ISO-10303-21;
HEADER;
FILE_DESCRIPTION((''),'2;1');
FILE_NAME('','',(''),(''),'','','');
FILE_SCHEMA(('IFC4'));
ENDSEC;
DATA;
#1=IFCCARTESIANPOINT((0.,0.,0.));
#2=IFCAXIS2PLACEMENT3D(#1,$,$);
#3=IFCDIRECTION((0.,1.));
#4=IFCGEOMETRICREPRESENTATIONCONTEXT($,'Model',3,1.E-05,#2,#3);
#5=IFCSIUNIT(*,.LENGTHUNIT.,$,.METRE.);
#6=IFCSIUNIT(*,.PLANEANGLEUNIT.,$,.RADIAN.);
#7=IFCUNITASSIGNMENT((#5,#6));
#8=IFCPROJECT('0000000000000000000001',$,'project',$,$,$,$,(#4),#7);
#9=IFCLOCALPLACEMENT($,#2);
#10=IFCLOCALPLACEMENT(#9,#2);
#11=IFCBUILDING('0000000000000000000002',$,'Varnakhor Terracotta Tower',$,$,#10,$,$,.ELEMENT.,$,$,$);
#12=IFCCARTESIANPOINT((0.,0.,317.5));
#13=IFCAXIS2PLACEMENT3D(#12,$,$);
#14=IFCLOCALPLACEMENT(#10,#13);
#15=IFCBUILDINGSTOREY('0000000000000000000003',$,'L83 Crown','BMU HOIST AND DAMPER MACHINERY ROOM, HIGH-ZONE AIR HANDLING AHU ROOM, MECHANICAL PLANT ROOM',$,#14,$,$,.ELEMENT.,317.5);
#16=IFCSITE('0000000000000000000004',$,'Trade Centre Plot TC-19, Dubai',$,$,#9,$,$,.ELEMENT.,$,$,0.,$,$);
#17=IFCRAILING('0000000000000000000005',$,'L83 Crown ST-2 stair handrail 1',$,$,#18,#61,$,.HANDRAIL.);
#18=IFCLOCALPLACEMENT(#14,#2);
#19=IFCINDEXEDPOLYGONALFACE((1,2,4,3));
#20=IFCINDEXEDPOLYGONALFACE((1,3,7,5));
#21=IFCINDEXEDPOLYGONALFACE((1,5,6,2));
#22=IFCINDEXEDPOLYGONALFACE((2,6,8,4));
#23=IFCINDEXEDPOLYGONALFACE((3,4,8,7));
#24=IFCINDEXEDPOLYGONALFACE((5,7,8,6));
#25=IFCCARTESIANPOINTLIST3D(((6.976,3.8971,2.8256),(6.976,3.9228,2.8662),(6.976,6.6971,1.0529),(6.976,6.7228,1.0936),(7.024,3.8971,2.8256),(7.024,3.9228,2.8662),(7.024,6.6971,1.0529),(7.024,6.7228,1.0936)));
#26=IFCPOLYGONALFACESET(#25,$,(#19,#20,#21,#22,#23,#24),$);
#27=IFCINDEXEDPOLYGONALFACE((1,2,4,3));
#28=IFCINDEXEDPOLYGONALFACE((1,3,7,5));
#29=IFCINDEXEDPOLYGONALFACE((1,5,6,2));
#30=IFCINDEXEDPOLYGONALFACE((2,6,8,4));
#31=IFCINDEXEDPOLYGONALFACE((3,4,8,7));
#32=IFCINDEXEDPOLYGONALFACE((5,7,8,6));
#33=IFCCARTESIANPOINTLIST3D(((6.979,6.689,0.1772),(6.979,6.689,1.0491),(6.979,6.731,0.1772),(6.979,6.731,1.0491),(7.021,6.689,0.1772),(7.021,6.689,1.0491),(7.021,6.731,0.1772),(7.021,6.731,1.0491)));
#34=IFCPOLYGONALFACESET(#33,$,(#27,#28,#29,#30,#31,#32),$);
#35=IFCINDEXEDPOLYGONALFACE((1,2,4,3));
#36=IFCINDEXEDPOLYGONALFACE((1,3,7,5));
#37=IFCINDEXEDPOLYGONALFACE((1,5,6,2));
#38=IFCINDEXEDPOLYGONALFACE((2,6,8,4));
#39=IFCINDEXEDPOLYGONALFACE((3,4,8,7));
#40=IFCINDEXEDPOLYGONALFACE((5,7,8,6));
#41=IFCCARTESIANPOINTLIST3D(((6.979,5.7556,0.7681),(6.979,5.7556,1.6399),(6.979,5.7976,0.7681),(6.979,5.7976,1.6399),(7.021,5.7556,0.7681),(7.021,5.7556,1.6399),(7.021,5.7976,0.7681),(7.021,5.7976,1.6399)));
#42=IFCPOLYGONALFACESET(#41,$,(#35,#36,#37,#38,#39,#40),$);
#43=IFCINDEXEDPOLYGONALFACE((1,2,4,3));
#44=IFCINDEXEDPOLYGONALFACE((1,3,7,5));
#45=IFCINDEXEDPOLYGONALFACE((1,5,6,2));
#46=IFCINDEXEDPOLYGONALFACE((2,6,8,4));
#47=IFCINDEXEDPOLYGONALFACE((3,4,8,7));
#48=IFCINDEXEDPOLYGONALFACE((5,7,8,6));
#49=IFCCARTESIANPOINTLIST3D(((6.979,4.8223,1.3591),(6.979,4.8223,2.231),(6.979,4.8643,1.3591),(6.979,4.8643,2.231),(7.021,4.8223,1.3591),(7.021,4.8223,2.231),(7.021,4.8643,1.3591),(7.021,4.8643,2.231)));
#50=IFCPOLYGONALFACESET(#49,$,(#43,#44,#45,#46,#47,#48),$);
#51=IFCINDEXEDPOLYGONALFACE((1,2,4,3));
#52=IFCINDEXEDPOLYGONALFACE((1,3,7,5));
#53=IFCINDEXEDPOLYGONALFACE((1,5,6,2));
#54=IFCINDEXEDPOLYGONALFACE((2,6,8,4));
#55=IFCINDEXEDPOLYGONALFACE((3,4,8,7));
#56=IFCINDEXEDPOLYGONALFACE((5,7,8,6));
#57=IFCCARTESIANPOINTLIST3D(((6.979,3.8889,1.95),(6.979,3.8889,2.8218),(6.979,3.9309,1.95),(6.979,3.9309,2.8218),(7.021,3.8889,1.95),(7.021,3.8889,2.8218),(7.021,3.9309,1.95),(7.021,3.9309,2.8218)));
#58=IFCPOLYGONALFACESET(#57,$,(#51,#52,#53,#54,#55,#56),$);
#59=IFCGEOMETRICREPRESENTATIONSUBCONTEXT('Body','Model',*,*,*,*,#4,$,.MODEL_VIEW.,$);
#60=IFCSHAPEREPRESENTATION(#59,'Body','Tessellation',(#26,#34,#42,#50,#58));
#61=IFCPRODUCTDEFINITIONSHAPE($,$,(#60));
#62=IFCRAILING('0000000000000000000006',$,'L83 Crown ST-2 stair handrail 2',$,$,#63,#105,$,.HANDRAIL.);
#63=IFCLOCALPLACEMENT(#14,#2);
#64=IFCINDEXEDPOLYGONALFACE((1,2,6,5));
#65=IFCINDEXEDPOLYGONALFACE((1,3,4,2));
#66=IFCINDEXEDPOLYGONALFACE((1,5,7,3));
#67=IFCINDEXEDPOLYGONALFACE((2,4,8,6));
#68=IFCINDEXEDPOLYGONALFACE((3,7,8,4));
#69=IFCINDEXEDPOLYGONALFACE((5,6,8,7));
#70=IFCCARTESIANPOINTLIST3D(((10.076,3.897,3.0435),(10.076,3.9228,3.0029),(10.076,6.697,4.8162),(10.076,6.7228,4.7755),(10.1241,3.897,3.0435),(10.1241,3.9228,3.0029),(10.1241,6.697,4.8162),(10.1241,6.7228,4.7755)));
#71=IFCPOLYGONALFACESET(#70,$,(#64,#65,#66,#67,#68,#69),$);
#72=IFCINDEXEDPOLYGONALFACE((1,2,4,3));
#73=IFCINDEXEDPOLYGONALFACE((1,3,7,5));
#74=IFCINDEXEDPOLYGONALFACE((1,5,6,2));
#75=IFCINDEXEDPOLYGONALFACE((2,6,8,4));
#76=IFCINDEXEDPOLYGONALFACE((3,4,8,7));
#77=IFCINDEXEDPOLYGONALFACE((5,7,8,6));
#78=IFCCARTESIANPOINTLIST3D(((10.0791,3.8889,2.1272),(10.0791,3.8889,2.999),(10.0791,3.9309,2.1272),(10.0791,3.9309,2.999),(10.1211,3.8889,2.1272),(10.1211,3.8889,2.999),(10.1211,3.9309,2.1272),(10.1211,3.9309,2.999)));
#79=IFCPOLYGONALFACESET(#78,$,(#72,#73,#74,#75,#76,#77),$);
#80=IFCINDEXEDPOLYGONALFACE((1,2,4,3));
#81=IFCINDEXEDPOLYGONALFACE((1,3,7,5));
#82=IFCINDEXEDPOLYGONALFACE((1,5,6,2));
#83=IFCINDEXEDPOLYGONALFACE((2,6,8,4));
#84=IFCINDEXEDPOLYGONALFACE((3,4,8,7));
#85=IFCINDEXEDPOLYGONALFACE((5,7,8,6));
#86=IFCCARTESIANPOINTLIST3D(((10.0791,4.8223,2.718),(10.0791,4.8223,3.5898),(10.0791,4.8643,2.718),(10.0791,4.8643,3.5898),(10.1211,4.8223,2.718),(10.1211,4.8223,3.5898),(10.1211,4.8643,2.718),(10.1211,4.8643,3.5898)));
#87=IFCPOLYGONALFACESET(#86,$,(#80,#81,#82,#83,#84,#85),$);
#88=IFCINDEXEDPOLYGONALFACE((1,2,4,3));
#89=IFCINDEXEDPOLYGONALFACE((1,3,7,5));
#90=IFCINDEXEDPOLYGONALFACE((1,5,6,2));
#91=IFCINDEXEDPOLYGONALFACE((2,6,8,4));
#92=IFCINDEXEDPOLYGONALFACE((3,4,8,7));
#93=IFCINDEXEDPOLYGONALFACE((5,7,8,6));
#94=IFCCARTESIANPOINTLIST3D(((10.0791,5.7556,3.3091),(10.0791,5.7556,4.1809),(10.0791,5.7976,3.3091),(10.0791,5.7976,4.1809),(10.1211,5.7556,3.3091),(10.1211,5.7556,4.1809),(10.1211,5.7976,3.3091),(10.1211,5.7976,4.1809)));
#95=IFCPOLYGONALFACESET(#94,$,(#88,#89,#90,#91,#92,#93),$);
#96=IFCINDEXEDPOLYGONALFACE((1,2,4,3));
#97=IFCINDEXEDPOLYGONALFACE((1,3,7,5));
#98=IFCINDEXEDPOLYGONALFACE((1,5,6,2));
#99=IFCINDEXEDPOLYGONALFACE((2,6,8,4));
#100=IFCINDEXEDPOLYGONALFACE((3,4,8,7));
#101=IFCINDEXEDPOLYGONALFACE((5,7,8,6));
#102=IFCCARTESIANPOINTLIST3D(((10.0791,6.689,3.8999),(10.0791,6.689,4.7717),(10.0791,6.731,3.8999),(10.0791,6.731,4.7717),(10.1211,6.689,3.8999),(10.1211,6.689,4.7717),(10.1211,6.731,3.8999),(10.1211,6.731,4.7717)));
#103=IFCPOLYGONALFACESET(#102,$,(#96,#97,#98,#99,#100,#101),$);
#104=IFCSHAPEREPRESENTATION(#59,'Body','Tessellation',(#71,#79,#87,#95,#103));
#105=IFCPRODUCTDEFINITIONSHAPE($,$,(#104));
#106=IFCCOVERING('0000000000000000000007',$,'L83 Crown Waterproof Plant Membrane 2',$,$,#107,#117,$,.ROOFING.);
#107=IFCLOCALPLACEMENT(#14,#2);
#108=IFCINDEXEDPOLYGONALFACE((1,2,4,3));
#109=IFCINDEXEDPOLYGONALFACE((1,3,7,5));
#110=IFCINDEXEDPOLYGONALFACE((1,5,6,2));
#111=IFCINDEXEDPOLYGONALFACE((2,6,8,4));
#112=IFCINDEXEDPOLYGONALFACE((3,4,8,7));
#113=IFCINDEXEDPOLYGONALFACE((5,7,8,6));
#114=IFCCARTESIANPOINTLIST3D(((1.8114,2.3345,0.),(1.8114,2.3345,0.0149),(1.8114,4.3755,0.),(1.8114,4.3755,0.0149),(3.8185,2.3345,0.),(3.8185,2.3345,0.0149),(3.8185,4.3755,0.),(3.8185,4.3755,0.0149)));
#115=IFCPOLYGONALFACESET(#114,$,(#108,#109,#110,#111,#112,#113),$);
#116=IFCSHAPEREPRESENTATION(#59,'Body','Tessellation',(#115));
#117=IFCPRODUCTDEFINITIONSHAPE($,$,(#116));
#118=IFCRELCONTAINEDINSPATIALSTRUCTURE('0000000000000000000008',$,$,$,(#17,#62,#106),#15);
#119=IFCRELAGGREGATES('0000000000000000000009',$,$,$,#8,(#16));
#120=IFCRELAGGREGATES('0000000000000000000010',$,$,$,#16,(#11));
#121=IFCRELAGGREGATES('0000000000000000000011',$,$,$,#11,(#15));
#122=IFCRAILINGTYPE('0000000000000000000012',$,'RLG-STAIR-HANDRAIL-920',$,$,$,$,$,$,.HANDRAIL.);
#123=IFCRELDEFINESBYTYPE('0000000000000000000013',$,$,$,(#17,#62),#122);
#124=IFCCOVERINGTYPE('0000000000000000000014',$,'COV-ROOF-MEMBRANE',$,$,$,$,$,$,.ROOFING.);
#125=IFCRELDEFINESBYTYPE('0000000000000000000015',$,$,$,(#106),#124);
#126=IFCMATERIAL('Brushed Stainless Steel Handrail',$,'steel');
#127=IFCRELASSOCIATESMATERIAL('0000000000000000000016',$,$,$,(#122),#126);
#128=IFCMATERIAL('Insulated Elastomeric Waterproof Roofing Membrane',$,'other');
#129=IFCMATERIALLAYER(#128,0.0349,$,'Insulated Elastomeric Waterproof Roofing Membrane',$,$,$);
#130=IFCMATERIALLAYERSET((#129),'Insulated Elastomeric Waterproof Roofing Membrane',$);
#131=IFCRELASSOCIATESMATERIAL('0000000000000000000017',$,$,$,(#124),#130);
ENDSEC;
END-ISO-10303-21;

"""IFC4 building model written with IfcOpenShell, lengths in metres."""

from ifc_helpers import new_model, si_unit, direction, frame, origin, origin_2d, place, context, subcontext, project, spatial, rectangle, extrude, source, transform, mapped, material, layer, layer_set, type_object, element, save


model = new_model("IFC4")

# Units and contexts
model_context = context("Model", 3, precision=1e-05, world=origin(), true_north=direction((0.0, 1.0)))
body_context = subcontext(model_context, "Body", "Model", "MODEL_VIEW")
ifc_project = project(units=[si_unit("LENGTHUNIT", "METRE"), si_unit("PLANEANGLEUNIT", "RADIAN")], contexts=[model_context])

# Site, building, storey
site_placement = place(None, origin())
site = spatial("IfcSite", under=ifc_project, at=site_placement, Name="Trade Centre Plot TC-19, Dubai", CompositionType="ELEMENT", RefElevation=0.0)
building_placement = place(site_placement, origin())
building = spatial("IfcBuilding", under=site, at=building_placement, Name="Varnakhor Terracotta Tower", CompositionType="ELEMENT")
storey_placement = place(building_placement, frame((0.0, 0.0, 317.5)))
storey = spatial("IfcBuildingStorey", under=building, at=storey_placement, Name="L83 Crown", Description="BMU HOIST AND DAMPER MACHINERY ROOM, HIGH-ZONE AIR HANDLING AHU ROOM, MECHANICAL PLANT ROOM", CompositionType="ELEMENT", Elevation=317.5)

# Railings
ifc_material_1 = material(Name="Brushed Stainless Steel Handrail", Category="steel")
railing_type_1 = type_object("IfcRailingType", Name="RLG-STAIR-HANDRAIL-920", PredefinedType="HANDRAIL", material=ifc_material_1)
railing_1_placement = place(storey_placement, frame((7.0, 6.71, 0.1772)))
element("IfcRailing", 1, at=railing_1_placement, inside=storey, type_object=railing_type_1, Name="L83 Crown ST-2 stair handrail 1", PredefinedType="HANDRAIL", context=body_context, shape_type="SweptSolid", body=[
    extrude(rectangle(XDim=0.0481, YDim=0.0481, at=origin_2d()), frame((0.0, 0.0, 0.896), z_axis=(0.0, -0.844909, 0.53491), x_axis=(1.0, 0.0, 0.0)), (0.0, 0.0, 1.0), 3.314),
    extrude(rectangle(XDim=0.042, YDim=0.042, at=origin_2d()), origin(), (0.0, 0.0, 1.0), 0.8718),
    extrude(rectangle(XDim=0.042, YDim=0.042, at=origin_2d()), frame((0.0, -0.9333, 0.5908)), (0.0, 0.0, 1.0), 0.8718),
    extrude(rectangle(XDim=0.042, YDim=0.042, at=origin_2d()), frame((0.0, -1.8667, 1.1819)), (0.0, 0.0, 1.0), 0.8718),
    extrude(rectangle(XDim=0.042, YDim=0.042, at=origin_2d()), frame((0.0, -2.8, 1.7727)), (0.0, 0.0, 1.0), 0.8718),
])
railing_2_placement = place(storey_placement, frame((10.1001, 3.9099, 2.1272)))
element("IfcRailing", 2, at=railing_2_placement, inside=storey, type_object=railing_type_1, Name="L83 Crown ST-2 stair handrail 2", PredefinedType="HANDRAIL", context=body_context, shape_type="SweptSolid", body=[
    extrude(rectangle(XDim=0.0481, YDim=0.0481, at=origin_2d()), frame((0.0, 0.0, 0.896), z_axis=(0.0, 0.844909, 0.53491), x_axis=(-1.0, 0.0, 0.0)), (0.0, 0.0, 1.0), 3.314),
    extrude(rectangle(XDim=0.042, YDim=0.042, at=origin_2d()), origin(), (0.0, 0.0, 1.0), 0.8718),
    extrude(rectangle(XDim=0.042, YDim=0.042, at=origin_2d()), frame((0.0, 0.9333, 0.5908)), (0.0, 0.0, 1.0), 0.8718),
    extrude(rectangle(XDim=0.042, YDim=0.042, at=origin_2d()), frame((0.0, 1.8667, 1.1819)), (0.0, 0.0, 1.0), 0.8718),
    extrude(rectangle(XDim=0.042, YDim=0.042, at=origin_2d()), frame((0.0, 2.8, 1.7727)), (0.0, 0.0, 1.0), 0.8718),
])

# Covering
ifc_material_2 = material(Name="Insulated Elastomeric Waterproof Roofing Membrane", Category="other")
ifc_layer_1 = layer(ifc_material_2, 0.0349, Name="Insulated Elastomeric Waterproof Roofing Membrane")
ifc_layer_set_1 = layer_set([ifc_layer_1], Name="Insulated Elastomeric Waterproof Roofing Membrane")
covering_type = type_object("IfcCoveringType", Name="COV-ROOF-MEMBRANE", PredefinedType="ROOFING", material=ifc_layer_set_1)
shared_shape_1 = source(origin(), body_context, "Body", "SweptSolid", [
    extrude(rectangle(XDim=2.0071, YDim=2.041, at=origin_2d()), origin(), (0.0, 0.0, 1.0), 0.0149),
])
covering_placement = place(storey_placement, frame((2.8149, 3.355, 0.0), z_axis=(0.0, 0.0, 1.0), x_axis=(1.0, 0.0, 0.0)))
element("IfcCovering", 3, at=covering_placement, inside=storey, type_object=covering_type, Name="L83 Crown Waterproof Plant Membrane 2", PredefinedType="ROOFING", context=body_context, shape_type="MappedRepresentation", body=[
    mapped(shared_shape_1, transform((0.0, 0.0, 0.0), scale=1.0)),
])

save(model, "model.ifc")
